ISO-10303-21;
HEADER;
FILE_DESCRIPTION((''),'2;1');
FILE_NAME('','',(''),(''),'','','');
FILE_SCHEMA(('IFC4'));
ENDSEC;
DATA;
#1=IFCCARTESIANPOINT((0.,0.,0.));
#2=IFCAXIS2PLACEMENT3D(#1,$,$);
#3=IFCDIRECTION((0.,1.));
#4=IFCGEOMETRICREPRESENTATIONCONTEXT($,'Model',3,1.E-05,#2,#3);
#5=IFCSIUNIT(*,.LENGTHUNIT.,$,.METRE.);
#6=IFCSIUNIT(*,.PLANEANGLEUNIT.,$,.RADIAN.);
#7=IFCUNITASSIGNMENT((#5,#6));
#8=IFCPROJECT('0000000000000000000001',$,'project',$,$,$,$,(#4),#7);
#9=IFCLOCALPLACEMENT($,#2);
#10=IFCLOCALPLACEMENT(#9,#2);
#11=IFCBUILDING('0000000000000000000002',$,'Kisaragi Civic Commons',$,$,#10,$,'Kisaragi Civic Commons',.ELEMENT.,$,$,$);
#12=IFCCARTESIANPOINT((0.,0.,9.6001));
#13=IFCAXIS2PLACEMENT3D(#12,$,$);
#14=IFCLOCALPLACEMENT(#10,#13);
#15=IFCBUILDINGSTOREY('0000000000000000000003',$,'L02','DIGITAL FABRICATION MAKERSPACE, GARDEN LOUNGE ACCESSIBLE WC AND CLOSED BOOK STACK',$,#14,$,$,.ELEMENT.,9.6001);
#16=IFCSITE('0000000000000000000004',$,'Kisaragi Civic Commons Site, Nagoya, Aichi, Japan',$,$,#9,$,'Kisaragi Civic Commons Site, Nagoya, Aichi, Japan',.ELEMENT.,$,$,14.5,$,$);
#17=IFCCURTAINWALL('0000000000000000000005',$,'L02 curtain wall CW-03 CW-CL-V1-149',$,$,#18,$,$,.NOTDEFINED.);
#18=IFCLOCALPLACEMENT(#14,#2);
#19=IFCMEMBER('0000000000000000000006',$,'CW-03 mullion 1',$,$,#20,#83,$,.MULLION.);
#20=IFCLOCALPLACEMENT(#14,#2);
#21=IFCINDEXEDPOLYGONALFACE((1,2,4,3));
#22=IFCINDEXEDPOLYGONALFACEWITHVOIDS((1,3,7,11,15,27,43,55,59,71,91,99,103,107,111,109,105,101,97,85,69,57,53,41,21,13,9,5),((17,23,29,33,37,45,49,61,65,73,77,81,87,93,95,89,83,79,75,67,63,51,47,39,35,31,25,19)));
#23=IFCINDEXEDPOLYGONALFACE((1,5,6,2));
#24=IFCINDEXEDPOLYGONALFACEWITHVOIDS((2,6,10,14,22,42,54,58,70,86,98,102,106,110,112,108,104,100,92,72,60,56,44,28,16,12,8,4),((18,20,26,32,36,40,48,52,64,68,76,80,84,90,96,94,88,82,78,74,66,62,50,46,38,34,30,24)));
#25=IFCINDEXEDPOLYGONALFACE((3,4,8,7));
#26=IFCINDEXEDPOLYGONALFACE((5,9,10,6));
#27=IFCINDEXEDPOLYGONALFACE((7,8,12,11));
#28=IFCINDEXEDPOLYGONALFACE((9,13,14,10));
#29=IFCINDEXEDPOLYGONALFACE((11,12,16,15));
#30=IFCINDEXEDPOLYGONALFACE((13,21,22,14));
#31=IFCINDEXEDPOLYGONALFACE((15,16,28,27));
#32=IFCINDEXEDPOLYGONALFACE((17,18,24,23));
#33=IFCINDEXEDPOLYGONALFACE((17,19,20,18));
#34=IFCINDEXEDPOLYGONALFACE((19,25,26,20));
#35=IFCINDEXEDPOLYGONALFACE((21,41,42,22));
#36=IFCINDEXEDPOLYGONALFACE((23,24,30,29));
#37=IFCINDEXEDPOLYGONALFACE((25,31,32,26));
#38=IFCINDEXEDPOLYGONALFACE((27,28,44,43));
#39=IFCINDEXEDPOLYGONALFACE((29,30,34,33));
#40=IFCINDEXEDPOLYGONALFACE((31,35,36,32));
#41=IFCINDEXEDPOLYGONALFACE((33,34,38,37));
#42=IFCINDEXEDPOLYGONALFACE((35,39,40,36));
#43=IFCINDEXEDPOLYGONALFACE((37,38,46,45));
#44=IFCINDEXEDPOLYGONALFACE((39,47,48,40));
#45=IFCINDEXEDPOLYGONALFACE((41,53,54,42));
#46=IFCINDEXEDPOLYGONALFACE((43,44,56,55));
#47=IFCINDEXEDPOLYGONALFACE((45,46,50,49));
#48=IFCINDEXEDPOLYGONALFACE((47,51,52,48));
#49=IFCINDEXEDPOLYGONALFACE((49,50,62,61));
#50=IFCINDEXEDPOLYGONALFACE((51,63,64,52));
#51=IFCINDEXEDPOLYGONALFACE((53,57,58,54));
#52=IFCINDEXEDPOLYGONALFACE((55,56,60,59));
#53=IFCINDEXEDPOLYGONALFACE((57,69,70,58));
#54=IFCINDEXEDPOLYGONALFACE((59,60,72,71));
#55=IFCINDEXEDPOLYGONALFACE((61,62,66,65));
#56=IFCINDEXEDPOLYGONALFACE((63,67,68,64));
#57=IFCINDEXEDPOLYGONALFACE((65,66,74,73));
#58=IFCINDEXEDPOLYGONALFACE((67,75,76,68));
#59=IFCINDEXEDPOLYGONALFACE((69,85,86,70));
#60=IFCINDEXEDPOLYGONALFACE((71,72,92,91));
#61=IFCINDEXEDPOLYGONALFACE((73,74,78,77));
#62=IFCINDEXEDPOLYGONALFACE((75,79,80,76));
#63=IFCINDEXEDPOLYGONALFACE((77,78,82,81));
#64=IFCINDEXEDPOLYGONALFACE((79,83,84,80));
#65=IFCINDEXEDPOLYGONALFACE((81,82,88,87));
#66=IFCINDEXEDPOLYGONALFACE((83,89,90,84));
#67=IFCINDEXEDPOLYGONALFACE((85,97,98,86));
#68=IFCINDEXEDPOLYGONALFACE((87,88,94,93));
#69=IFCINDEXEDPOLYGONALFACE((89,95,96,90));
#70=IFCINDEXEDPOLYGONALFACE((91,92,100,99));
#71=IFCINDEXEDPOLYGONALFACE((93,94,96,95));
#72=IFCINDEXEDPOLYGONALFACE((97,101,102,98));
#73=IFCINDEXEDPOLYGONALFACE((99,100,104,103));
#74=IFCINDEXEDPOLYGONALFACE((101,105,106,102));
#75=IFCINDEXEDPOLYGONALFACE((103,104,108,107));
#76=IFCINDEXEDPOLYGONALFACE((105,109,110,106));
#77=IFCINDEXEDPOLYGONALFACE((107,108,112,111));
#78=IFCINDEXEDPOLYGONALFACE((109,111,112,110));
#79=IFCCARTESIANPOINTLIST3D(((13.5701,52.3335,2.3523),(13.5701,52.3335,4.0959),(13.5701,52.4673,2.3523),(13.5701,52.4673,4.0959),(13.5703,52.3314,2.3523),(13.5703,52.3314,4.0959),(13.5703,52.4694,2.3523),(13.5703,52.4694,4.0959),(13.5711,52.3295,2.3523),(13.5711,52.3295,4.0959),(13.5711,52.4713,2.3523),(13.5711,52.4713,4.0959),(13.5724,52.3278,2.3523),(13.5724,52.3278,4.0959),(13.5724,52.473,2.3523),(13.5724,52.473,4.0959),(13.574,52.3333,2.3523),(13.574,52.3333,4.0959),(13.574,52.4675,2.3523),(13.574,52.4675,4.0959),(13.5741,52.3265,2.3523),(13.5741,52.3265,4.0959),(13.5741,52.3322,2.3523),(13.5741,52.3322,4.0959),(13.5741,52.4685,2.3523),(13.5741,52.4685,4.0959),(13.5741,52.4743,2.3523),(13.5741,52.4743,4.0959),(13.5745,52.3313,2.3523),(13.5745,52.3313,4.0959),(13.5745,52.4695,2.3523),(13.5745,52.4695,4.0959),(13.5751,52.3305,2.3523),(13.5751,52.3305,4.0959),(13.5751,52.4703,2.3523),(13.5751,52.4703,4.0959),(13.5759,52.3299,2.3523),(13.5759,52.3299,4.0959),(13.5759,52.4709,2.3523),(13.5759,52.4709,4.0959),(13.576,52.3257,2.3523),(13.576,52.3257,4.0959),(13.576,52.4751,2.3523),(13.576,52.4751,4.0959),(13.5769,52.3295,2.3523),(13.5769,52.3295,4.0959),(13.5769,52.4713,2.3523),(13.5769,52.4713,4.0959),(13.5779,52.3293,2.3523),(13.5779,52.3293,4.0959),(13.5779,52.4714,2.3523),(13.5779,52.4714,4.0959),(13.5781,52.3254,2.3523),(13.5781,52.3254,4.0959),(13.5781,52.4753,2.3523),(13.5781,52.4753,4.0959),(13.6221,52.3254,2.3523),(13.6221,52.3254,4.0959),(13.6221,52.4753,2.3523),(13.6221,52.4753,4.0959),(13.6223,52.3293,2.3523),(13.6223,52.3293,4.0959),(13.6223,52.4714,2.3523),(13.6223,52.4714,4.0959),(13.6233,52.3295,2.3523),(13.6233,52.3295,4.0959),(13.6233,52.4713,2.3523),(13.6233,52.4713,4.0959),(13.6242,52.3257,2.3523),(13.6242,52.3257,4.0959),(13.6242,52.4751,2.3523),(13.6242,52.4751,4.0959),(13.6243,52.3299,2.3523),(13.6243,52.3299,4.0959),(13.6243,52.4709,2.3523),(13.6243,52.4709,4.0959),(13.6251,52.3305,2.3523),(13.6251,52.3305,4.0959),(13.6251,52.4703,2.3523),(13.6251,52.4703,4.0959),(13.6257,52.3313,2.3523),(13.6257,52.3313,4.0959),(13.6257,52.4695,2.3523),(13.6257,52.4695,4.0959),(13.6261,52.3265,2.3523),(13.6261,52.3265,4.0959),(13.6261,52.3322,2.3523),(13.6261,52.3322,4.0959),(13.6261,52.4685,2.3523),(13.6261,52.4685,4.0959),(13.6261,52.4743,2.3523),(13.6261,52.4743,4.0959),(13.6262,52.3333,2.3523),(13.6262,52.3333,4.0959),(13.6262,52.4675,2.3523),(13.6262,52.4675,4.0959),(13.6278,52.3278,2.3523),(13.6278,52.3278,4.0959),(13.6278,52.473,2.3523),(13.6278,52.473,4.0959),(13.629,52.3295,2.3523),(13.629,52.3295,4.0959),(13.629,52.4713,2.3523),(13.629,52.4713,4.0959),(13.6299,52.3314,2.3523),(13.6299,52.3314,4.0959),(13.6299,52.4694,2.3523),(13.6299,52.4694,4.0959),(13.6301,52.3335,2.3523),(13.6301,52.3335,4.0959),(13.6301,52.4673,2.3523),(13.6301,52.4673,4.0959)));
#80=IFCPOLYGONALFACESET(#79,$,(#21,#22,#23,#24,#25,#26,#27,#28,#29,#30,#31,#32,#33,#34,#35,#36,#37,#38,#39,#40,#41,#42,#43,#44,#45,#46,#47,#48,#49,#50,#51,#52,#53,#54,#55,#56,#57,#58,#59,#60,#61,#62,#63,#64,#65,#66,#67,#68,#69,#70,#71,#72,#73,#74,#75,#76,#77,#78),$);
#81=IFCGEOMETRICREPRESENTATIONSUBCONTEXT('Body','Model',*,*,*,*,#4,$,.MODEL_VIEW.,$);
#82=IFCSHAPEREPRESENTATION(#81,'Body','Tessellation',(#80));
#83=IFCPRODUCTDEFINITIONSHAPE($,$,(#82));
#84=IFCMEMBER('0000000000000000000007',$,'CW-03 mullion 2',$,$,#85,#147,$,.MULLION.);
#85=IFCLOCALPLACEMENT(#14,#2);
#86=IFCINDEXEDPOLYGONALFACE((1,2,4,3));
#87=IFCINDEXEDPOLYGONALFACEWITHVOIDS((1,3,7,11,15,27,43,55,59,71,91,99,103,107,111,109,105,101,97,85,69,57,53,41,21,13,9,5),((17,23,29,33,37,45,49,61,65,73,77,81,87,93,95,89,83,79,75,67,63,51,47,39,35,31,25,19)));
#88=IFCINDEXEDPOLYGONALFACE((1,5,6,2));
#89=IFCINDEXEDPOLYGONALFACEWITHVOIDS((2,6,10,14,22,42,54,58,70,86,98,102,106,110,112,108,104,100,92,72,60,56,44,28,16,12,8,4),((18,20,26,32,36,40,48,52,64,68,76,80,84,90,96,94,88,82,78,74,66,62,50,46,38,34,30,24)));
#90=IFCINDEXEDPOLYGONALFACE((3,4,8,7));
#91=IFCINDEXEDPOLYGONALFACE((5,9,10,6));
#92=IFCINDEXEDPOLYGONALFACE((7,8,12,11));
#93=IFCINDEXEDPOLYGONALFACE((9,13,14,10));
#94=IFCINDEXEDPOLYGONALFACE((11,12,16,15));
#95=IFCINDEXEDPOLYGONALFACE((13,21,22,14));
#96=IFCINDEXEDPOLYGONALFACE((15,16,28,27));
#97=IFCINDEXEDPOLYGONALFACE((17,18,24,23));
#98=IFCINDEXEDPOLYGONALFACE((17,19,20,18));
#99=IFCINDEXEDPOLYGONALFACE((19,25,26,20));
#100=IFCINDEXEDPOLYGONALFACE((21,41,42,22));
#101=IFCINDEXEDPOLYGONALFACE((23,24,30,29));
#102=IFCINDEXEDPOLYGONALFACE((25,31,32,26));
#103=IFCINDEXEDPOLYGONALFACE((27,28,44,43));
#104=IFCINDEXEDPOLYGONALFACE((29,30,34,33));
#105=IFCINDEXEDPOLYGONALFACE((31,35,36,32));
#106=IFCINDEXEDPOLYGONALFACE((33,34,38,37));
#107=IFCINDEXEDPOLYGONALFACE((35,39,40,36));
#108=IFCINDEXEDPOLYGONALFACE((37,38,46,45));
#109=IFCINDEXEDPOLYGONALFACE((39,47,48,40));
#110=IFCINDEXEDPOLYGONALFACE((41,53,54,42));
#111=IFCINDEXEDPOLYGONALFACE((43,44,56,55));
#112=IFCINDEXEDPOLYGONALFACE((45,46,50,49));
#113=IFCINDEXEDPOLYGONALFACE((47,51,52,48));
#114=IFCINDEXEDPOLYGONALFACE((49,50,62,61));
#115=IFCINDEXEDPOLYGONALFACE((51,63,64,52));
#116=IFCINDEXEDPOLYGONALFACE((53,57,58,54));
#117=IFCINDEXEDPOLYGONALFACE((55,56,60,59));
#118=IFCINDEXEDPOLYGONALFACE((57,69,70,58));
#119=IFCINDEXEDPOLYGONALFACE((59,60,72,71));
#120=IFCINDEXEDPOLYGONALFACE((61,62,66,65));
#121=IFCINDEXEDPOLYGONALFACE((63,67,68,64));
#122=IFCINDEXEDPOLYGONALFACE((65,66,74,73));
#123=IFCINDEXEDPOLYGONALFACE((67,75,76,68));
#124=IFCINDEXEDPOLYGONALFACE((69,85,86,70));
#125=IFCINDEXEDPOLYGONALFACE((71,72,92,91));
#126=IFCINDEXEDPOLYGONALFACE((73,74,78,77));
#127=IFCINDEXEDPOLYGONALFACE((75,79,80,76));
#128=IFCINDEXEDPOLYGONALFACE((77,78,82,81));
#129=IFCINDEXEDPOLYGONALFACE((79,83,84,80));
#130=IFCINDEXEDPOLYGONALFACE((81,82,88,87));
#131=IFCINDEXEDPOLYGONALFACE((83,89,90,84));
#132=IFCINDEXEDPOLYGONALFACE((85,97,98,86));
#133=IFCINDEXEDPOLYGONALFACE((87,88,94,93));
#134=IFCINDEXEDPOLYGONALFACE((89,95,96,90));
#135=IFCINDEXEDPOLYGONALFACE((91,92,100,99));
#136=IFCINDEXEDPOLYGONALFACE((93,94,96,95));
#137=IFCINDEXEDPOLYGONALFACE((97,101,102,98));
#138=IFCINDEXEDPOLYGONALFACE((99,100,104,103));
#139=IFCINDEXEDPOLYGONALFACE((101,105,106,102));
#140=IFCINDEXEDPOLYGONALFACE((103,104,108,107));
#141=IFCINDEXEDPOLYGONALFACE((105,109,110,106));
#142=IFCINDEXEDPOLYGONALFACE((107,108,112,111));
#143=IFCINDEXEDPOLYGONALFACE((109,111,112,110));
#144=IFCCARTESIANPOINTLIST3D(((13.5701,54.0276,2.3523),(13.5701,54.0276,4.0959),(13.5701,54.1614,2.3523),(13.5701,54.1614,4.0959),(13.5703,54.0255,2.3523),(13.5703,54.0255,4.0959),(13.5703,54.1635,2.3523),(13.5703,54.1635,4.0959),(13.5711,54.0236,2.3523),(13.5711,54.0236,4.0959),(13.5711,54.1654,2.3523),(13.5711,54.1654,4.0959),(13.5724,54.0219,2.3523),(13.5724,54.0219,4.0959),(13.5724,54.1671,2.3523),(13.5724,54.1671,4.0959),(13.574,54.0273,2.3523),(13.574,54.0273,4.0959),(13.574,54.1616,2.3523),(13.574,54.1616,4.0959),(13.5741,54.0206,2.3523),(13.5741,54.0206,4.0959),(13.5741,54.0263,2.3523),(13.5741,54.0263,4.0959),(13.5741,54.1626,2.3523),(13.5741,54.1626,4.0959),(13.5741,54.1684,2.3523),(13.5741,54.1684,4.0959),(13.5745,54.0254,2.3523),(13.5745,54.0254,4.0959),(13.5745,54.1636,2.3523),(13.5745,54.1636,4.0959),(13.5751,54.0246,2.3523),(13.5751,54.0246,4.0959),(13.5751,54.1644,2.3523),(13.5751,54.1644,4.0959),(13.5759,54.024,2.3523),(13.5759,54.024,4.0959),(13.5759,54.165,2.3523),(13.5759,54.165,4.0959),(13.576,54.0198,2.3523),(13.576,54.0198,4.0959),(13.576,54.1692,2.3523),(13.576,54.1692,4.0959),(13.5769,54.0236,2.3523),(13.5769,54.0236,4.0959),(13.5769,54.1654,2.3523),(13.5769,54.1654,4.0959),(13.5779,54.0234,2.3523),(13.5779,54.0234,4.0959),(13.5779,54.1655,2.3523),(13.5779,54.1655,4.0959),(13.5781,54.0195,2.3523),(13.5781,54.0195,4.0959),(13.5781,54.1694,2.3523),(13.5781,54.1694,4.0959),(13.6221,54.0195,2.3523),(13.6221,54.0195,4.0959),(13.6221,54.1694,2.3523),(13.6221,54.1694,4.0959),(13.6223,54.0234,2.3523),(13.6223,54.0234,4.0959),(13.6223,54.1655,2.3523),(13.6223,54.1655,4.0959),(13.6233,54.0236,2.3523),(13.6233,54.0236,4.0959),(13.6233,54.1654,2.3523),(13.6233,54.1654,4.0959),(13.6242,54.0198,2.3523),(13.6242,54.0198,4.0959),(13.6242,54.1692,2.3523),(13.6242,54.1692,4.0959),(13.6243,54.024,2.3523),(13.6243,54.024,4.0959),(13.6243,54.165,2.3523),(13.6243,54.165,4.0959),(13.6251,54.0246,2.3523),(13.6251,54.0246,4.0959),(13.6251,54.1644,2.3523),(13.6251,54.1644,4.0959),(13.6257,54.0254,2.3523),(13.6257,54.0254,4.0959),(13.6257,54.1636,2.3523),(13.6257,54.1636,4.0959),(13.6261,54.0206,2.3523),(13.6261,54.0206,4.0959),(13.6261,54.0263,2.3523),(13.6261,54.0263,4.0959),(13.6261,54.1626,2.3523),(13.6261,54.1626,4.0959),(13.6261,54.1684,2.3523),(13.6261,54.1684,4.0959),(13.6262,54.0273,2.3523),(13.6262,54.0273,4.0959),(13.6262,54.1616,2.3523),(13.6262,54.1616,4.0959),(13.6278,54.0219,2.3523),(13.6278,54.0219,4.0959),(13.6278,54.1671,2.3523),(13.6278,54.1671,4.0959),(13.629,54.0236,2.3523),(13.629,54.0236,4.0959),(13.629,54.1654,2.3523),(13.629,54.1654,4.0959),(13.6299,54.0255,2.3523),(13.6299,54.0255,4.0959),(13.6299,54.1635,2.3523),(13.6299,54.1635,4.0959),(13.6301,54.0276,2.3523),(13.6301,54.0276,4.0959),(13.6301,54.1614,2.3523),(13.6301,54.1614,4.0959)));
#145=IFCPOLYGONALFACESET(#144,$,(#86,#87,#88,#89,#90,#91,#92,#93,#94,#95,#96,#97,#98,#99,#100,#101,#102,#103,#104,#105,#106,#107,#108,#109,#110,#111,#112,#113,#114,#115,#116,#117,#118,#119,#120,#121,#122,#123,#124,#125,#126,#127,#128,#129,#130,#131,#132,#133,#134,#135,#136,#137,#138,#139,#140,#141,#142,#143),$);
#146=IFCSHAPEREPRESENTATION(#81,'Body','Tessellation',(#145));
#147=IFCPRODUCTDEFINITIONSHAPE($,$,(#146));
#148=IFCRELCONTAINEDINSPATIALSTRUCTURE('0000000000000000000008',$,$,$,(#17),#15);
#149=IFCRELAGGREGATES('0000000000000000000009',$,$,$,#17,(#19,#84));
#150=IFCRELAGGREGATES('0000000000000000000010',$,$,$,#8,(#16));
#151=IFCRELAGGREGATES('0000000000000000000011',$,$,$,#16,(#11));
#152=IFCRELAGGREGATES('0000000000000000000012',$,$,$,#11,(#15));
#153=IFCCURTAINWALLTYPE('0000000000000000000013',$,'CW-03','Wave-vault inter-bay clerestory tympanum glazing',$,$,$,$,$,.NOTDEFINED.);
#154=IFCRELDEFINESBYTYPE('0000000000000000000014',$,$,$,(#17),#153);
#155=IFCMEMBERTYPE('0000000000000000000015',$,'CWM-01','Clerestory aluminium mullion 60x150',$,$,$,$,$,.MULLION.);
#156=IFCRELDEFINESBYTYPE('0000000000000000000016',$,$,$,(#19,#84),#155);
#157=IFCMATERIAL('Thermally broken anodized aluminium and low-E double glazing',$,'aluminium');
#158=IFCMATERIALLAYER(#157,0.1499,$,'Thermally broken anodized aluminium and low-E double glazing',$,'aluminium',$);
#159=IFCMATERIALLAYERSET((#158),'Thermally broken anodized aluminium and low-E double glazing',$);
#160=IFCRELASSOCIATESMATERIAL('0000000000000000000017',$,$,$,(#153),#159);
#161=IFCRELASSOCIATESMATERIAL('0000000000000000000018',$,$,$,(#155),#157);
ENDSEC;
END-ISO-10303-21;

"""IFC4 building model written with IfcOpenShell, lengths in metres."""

from ifc_helpers import new_model, si_unit, direction, frame, origin, origin_2d, place, context, subcontext, project, spatial, hollow_rectangle, extrude, material, layer, layer_set, material_profile, profile_set, type_object, element, aggregate, save


model = new_model("IFC4")

# Units and contexts
model_context = context("Model", 3, precision=1e-05, world=origin(), true_north=direction((0.0, 1.0)))
body_context = subcontext(model_context, "Body", "Model", "MODEL_VIEW")
ifc_project = project(units=[si_unit("LENGTHUNIT", "METRE"), si_unit("PLANEANGLEUNIT", "RADIAN")], contexts=[model_context])

# Site, building, storey
site_placement = place(None, origin())
site = spatial("IfcSite", under=ifc_project, at=site_placement, Name="Kisaragi Civic Commons Site, Nagoya, Aichi, Japan", LongName="Kisaragi Civic Commons Site, Nagoya, Aichi, Japan", CompositionType="ELEMENT", RefElevation=14.5)
building_placement = place(site_placement, origin())
building = spatial("IfcBuilding", under=site, at=building_placement, Name="Kisaragi Civic Commons", LongName="Kisaragi Civic Commons", CompositionType="ELEMENT")
storey_placement = place(building_placement, frame((0.0, 0.0, 9.6001)))
storey = spatial("IfcBuildingStorey", under=building, at=storey_placement, Name="L02", Description="DIGITAL FABRICATION MAKERSPACE, GARDEN LOUNGE ACCESSIBLE WC AND CLOSED BOOK STACK", CompositionType="ELEMENT", Elevation=9.6001)

# Curtain wall, members
ifc_material_1 = material(Name="Thermally broken anodized aluminium and low-E double glazing", Category="aluminium")
ifc_layer_1 = layer(ifc_material_1, 0.1499, Name="Thermally broken anodized aluminium and low-E double glazing", Category="aluminium")
ifc_layer_set_1 = layer_set([ifc_layer_1], Name="Thermally broken anodized aluminium and low-E double glazing")
curtain_wall_type = type_object("IfcCurtainWallType", Name="CW-03", Description="Wave-vault inter-bay clerestory tympanum glazing", PredefinedType="NOTDEFINED", material=ifc_layer_set_1)
curtain_wall_1_placement = place(storey_placement, origin())
curtain_wall_1 = element("IfcCurtainWall", 1, at=curtain_wall_1_placement, inside=storey, type_object=curtain_wall_type, Name="L02 curtain wall CW-03 CW-CL-V1-149", PredefinedType="NOTDEFINED")
ifc_material_profile_1 = material_profile(ifc_material_1, hollow_rectangle(XDim=0.0601, YDim=0.1499, WallThickness=0.0039, InnerFilletRadius=0.0039, OuterFilletRadius=0.0081, at=origin_2d()), Name="CWM-60x150x4", Category="aluminium")
ifc_profile_set_1 = profile_set([ifc_material_profile_1], Name="Thermally broken anodized aluminium and low-E double glazing")
member_type_1 = type_object("IfcMemberType", Name="CWM-01", Description="Clerestory aluminium mullion 60x150", PredefinedType="MULLION", material=ifc_profile_set_1)
member_1_placement = place(storey_placement, frame((13.6001, 52.4004, 2.3523), z_axis=(0.0, 0.0, 1.0), x_axis=(-1.0, 0.0, 0.0)))
member_1 = element("IfcMember", 2, at=member_1_placement, type_object=member_type_1, Name="CW-03 mullion 1", PredefinedType="MULLION", context=body_context, shape_type="SweptSolid", body=[
    extrude(hollow_rectangle(XDim=0.0601, YDim=0.1499, WallThickness=0.0039, InnerFilletRadius=0.0039, OuterFilletRadius=0.0081, at=origin_2d()), origin(), (0.0, 0.0, 1.0), 1.7437),
])
member_2_placement = place(storey_placement, frame((13.6001, 54.0945, 2.3523), z_axis=(0.0, 0.0, 1.0), x_axis=(-1.0, 0.0, 0.0)))
member_2 = element("IfcMember", 3, at=member_2_placement, type_object=member_type_1, Name="CW-03 mullion 2", PredefinedType="MULLION", context=body_context, shape_type="SweptSolid", body=[
    extrude(hollow_rectangle(XDim=0.0601, YDim=0.1499, WallThickness=0.0039, InnerFilletRadius=0.0039, OuterFilletRadius=0.0081, at=origin_2d()), origin(), (0.0, 0.0, 1.0), 1.7437),
])

aggregate(curtain_wall_1, [member_1, member_2])

save(model, "model.ifc")
